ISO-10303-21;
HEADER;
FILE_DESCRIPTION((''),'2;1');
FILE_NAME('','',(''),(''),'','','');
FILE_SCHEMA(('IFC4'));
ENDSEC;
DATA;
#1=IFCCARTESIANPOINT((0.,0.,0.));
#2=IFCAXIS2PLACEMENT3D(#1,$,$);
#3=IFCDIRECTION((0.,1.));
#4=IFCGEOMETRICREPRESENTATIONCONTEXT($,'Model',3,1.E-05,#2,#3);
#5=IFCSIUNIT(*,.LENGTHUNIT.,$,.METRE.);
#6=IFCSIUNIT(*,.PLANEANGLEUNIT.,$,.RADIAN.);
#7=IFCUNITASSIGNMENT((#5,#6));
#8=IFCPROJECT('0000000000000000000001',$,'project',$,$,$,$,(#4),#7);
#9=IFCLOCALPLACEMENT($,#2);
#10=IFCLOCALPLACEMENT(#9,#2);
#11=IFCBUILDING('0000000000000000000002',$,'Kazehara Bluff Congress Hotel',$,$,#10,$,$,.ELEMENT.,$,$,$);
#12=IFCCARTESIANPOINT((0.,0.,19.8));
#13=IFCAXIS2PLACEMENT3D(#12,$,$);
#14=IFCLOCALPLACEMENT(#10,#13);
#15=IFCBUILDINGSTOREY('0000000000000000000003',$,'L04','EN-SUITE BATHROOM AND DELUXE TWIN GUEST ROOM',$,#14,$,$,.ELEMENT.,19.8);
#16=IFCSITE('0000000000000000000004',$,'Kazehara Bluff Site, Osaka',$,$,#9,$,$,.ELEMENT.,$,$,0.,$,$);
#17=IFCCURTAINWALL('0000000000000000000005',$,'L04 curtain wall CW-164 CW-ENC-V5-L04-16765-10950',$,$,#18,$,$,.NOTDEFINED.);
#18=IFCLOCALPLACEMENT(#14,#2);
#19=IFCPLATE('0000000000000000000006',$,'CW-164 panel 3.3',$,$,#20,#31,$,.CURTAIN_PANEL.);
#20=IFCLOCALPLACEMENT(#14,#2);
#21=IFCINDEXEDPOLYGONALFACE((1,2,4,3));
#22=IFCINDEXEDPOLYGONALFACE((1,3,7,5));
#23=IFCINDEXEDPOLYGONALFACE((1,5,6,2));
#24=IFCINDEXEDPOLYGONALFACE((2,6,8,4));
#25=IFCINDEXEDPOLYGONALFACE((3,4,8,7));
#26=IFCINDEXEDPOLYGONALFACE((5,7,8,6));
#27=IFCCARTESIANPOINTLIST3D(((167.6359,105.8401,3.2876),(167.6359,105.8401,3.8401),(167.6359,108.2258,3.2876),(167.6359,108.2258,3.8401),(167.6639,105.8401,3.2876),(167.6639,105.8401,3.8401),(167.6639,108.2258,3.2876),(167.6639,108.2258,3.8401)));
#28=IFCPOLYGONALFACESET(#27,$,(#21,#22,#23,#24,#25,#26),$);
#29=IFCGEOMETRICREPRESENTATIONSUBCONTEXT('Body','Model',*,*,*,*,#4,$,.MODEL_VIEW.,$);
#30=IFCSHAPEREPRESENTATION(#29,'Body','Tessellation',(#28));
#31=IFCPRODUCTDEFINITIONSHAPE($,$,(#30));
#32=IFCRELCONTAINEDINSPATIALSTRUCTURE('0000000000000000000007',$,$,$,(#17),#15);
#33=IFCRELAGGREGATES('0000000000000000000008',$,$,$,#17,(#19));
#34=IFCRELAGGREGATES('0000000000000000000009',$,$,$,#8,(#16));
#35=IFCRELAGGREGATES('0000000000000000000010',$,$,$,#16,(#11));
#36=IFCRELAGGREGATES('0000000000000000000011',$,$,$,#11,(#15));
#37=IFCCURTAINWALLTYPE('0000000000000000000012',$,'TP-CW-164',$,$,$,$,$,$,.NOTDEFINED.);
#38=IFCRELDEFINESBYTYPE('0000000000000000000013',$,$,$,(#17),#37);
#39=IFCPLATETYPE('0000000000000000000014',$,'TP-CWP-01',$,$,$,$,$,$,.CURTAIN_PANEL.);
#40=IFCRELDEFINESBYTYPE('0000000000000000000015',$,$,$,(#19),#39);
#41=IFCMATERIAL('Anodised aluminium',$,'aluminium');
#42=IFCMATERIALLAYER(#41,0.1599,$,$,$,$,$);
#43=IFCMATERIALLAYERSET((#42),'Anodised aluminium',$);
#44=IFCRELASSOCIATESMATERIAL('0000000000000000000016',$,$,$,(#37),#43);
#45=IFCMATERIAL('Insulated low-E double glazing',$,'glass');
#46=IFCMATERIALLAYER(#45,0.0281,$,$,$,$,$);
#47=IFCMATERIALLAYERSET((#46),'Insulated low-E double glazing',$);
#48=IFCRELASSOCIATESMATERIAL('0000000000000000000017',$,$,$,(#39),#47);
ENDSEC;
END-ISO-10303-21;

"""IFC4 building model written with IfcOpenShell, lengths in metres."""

from ifc_helpers import new_model, si_unit, direction, frame, origin, origin_2d, place, context, subcontext, project, spatial, rectangle, extrude, material, layer, layer_set, type_object, element, aggregate, save


model = new_model("IFC4")

# Units and contexts
model_context = context("Model", 3, precision=1e-05, world=origin(), true_north=direction((0.0, 1.0)))
body_context = subcontext(model_context, "Body", "Model", "MODEL_VIEW")
ifc_project = project(units=[si_unit("LENGTHUNIT", "METRE"), si_unit("PLANEANGLEUNIT", "RADIAN")], contexts=[model_context])

# Site, building, storey
site_placement = place(None, origin())
site = spatial("IfcSite", under=ifc_project, at=site_placement, Name="Kazehara Bluff Site, Osaka", CompositionType="ELEMENT", RefElevation=0.0)
building_placement = place(site_placement, origin())
building = spatial("IfcBuilding", under=site, at=building_placement, Name="Kazehara Bluff Congress Hotel", CompositionType="ELEMENT")
storey_placement = place(building_placement, frame((0.0, 0.0, 19.8)))
storey = spatial("IfcBuildingStorey", under=building, at=storey_placement, Name="L04", Description="EN-SUITE BATHROOM AND DELUXE TWIN GUEST ROOM", CompositionType="ELEMENT", Elevation=19.8)

# Curtain wall
ifc_material_1 = material(Name="Anodised aluminium", Category="aluminium")
ifc_layer_1 = layer(ifc_material_1, 0.1599)
ifc_layer_set_1 = layer_set([ifc_layer_1], Name="Anodised aluminium")
curtain_wall_type_1 = type_object("IfcCurtainWallType", Name="TP-CW-164", PredefinedType="NOTDEFINED", material=ifc_layer_set_1)
curtain_wall_1_placement = place(storey_placement, origin())
curtain_wall_1 = element("IfcCurtainWall", 1, at=curtain_wall_1_placement, inside=storey, type_object=curtain_wall_type_1, Name="L04 curtain wall CW-164 CW-ENC-V5-L04-16765-10950", PredefinedType="NOTDEFINED")

# Plate
ifc_material_2 = material(Name="Insulated low-E double glazing", Category="glass")
ifc_layer_2 = layer(ifc_material_2, 0.0281)
ifc_layer_set_2 = layer_set([ifc_layer_2], Name="Insulated low-E double glazing")
plate_type = type_object("IfcPlateType", Name="TP-CWP-01", PredefinedType="CURTAIN_PANEL", material=ifc_layer_set_2)
plate_1_placement = place(storey_placement, frame((167.6499, 107.033, 3.2876), z_axis=(0.0, 0.0, 1.0), x_axis=(0.0, -1.0, 0.0)))
plate_1 = element("IfcPlate", 2, at=plate_1_placement, type_object=plate_type, Name="CW-164 panel 3.3", PredefinedType="CURTAIN_PANEL", context=body_context, shape_type="SweptSolid", body=[
    extrude(rectangle(XDim=2.3857, YDim=0.0281, at=origin_2d()), origin(), (0.0, 0.0, 1.0), 0.5525),
])
aggregate(curtain_wall_1, [plate_1])

save(model, "model.ifc")
